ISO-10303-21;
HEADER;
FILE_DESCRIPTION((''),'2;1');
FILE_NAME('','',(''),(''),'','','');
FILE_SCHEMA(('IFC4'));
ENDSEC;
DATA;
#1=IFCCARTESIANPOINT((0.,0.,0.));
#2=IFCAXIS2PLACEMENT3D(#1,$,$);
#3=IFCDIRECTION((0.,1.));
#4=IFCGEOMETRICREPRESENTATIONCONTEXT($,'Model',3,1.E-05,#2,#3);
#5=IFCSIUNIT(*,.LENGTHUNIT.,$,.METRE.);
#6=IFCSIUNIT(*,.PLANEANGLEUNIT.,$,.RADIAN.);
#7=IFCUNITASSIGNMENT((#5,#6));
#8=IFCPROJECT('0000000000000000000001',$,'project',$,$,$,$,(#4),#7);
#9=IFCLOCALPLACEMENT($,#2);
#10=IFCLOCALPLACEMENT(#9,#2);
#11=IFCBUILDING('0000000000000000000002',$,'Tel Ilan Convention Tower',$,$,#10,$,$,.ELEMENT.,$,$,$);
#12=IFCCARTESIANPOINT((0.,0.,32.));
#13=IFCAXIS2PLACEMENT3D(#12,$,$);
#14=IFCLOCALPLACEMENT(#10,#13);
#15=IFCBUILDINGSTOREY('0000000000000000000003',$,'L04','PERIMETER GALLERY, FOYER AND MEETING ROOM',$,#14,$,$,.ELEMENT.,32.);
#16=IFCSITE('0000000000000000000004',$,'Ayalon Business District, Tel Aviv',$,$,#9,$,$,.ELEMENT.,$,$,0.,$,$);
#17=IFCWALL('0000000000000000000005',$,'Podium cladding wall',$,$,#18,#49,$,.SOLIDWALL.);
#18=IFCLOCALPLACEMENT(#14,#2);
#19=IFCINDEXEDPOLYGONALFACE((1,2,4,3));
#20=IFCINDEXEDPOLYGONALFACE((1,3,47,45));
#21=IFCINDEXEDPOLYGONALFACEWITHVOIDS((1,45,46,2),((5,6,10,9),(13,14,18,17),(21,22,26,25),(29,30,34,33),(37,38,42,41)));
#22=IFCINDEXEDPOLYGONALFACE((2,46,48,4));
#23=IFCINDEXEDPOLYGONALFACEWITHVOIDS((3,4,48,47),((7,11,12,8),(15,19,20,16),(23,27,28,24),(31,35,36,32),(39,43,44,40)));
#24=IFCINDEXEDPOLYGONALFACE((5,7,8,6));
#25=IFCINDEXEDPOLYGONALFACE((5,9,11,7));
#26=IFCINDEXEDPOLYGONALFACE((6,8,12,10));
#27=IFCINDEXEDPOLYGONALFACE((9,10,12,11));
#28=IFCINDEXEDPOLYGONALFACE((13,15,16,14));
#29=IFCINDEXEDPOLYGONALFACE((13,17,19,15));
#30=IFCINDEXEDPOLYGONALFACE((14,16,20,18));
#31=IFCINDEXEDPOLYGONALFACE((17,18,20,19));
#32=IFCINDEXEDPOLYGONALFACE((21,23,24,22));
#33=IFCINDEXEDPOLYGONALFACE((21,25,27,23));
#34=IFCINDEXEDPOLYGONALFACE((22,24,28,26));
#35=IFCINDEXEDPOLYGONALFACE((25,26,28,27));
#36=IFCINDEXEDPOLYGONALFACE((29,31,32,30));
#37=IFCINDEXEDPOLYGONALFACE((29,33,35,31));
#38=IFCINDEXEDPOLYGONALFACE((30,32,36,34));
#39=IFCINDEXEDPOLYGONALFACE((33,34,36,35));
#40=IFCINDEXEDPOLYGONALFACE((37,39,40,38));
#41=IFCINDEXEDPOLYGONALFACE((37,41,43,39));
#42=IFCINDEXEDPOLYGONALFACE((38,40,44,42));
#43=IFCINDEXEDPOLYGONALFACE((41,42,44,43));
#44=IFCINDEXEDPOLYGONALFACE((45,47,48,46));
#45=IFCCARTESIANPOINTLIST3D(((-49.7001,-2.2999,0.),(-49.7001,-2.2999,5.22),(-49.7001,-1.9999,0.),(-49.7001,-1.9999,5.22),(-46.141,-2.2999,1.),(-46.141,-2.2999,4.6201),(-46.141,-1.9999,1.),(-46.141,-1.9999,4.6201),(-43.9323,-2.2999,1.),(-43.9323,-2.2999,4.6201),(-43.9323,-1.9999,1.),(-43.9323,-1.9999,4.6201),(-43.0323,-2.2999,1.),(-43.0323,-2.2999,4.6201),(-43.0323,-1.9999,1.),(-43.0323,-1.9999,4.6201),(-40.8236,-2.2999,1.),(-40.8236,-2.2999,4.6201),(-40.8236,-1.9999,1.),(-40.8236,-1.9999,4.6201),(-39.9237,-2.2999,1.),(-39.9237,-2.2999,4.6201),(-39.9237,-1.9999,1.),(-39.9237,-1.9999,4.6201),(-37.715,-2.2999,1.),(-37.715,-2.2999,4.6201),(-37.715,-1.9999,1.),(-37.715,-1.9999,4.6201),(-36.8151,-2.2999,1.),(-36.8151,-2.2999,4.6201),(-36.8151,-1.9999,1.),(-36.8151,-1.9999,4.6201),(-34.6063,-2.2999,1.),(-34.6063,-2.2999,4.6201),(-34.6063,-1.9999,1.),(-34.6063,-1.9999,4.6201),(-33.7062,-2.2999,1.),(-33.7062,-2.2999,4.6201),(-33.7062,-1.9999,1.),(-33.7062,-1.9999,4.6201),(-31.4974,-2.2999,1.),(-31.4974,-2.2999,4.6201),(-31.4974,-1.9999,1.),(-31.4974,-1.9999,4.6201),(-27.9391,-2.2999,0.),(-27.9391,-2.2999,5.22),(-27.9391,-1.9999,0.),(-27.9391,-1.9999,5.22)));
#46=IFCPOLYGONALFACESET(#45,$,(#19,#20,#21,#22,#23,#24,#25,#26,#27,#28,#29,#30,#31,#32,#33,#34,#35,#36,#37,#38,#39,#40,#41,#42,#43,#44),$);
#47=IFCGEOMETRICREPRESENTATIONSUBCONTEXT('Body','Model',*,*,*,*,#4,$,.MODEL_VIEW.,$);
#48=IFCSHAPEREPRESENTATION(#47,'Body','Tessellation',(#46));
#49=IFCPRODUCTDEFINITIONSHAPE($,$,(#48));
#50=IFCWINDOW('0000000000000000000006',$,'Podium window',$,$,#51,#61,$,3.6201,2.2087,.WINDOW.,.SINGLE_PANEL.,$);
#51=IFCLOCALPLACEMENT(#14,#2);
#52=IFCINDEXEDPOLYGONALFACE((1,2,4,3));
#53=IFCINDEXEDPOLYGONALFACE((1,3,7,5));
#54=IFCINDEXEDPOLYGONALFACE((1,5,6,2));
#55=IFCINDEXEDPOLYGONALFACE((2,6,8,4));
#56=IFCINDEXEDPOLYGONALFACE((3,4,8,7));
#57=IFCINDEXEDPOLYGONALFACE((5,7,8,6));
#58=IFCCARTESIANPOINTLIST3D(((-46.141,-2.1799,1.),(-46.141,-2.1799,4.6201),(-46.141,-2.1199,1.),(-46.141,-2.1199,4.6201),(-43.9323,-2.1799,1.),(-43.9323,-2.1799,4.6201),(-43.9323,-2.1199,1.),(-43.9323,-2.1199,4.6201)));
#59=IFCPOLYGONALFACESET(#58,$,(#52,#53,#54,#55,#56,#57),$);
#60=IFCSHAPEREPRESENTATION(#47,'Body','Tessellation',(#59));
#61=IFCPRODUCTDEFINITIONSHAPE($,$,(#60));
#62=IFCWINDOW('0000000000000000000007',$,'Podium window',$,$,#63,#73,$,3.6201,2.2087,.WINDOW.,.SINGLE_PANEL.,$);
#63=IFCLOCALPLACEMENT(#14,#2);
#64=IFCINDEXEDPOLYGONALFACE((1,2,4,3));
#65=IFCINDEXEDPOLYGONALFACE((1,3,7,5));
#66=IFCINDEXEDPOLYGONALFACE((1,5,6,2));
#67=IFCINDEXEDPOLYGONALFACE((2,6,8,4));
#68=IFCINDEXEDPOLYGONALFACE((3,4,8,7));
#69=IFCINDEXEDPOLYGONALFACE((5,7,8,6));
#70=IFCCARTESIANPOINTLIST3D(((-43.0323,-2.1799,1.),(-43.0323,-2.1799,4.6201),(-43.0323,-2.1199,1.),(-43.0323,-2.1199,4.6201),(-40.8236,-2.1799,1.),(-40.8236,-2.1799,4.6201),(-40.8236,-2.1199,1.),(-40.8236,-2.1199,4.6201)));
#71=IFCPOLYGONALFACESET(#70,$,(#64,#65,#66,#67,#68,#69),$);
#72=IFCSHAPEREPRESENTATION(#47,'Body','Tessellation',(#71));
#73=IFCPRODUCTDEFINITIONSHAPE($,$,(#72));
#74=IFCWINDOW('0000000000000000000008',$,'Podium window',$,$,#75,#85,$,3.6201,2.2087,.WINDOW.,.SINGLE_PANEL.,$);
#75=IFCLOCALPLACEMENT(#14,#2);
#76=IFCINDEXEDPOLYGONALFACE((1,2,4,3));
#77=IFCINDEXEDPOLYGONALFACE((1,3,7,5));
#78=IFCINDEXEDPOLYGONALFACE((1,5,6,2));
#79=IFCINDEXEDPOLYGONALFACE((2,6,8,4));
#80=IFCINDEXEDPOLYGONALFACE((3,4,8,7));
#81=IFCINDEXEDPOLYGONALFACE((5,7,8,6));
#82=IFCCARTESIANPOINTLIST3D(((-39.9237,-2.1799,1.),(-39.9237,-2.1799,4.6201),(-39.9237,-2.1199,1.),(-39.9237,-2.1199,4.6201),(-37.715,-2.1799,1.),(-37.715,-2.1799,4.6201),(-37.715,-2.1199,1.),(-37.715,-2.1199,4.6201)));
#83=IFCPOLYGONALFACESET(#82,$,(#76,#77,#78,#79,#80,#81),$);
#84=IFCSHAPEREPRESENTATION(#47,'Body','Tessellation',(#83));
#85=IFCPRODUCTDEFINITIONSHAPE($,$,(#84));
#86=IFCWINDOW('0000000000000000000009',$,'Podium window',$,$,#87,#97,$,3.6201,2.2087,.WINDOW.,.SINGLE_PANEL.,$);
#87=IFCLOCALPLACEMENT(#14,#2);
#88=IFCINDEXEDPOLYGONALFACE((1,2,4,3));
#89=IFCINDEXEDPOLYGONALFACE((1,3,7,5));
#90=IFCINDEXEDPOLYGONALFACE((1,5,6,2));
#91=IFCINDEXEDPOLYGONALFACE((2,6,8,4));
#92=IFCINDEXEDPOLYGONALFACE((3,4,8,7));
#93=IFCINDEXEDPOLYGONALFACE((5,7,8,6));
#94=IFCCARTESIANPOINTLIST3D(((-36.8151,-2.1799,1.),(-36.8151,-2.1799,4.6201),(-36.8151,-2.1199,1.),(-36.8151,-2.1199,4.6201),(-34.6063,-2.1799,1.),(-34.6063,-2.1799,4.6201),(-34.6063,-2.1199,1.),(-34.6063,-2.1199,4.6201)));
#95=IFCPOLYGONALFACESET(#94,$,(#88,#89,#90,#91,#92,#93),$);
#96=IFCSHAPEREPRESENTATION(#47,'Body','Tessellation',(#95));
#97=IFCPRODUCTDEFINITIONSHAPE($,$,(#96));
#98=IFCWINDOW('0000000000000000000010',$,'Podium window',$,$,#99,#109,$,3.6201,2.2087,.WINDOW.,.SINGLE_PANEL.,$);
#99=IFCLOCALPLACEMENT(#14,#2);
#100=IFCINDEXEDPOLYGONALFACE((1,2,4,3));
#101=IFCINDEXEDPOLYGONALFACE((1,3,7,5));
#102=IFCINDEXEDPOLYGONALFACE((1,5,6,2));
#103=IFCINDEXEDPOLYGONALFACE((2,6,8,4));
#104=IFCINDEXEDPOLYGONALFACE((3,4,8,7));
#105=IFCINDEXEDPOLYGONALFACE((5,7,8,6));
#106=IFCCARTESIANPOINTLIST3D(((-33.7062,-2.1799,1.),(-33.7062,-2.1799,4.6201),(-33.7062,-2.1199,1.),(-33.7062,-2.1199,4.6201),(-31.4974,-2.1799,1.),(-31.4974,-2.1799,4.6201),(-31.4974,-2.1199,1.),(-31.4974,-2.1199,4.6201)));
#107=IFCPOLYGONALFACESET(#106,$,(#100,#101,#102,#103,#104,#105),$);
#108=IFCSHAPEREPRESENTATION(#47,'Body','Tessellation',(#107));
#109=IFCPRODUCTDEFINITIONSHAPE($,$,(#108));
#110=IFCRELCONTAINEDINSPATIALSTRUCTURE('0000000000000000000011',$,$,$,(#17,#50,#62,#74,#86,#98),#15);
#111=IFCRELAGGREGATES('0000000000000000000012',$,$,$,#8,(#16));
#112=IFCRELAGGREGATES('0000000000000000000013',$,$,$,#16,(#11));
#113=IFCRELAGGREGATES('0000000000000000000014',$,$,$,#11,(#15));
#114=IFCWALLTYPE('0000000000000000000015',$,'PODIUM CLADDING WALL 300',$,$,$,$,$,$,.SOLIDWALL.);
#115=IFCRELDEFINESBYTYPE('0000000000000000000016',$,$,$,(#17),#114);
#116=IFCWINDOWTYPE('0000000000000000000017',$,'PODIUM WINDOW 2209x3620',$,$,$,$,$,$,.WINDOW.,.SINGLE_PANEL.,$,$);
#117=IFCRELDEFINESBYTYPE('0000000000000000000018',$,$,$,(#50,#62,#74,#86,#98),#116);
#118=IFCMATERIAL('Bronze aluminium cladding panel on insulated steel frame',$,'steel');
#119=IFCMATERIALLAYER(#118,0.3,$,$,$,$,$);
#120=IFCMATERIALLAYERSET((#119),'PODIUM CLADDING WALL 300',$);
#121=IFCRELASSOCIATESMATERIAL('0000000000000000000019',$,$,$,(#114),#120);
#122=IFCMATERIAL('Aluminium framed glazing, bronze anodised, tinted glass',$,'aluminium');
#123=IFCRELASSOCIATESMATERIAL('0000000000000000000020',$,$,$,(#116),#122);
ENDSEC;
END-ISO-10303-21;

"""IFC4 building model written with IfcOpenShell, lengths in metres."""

from ifc_helpers import new_model, si_unit, direction, frame, frame_2d, origin, place, context, subcontext, project, spatial, rectangle, extrude, material, layer, layer_set, type_object, element, fill, save


model = new_model("IFC4")

# Units and contexts
model_context = context("Model", 3, precision=1e-05, world=origin(), true_north=direction((0.0, 1.0)))
body_context = subcontext(model_context, "Body", "Model", "MODEL_VIEW")
ifc_project = project(units=[si_unit("LENGTHUNIT", "METRE"), si_unit("PLANEANGLEUNIT", "RADIAN")], contexts=[model_context])

# Site, building, storey
site_placement = place(None, origin())
site = spatial("IfcSite", under=ifc_project, at=site_placement, Name="Ayalon Business District, Tel Aviv", CompositionType="ELEMENT", RefElevation=0.0)
building_placement = place(site_placement, origin())
building = spatial("IfcBuilding", under=site, at=building_placement, Name="Tel Ilan Convention Tower", CompositionType="ELEMENT")
storey_placement = place(building_placement, frame((0.0, 0.0, 32.0)))
storey = spatial("IfcBuildingStorey", under=building, at=storey_placement, Name="L04", Description="PERIMETER GALLERY, FOYER AND MEETING ROOM", CompositionType="ELEMENT", Elevation=32.0)

# Wall, openings, windows
ifc_material_1 = material(Name="Bronze aluminium cladding panel on insulated steel frame", Category="steel")
ifc_layer_1 = layer(ifc_material_1, 0.3)
ifc_layer_set_1 = layer_set([ifc_layer_1], Name="PODIUM CLADDING WALL 300")
wall_type_1 = type_object("IfcWallType", Name="PODIUM CLADDING WALL 300", PredefinedType="SOLIDWALL", material=ifc_layer_set_1)
wall_1_placement = place(storey_placement, frame((-49.7, -2.1499, 0.0), z_axis=(0.0, 0.0, 1.0), x_axis=(1.0, 0.0, 0.0)))
wall_1 = element("IfcWall", 1, at=wall_1_placement, inside=storey, type_object=wall_type_1, Name="Podium cladding wall", PredefinedType="SOLIDWALL", context=body_context, shape_type="SweptSolid", body=[
    extrude(rectangle(XDim=21.761, YDim=0.3, at=frame_2d((10.8804, 0.0))), origin(), (0.0, 0.0, 1.0), 5.22),
])
opening_1_placement = place(wall_1_placement, frame((3.5588, 0.0, 1.0)))
opening_1 = element("IfcOpeningElement", 2, at=opening_1_placement, cuts=wall_1, PredefinedType="OPENING", context=body_context, shape_type="SweptSolid", body=[
    extrude(rectangle(XDim=2.2087, YDim=3.6201, at=frame_2d((1.1045, 1.8101))), frame((0.0, 0.1599, 0.0), z_axis=(0.0, -1.0, 0.0), x_axis=(1.0, 0.0, 0.0)), (0.0, 0.0, 1.0), 0.3201),
])
opening_2_placement = place(wall_1_placement, frame((6.6675, 0.0, 1.0)))
opening_2 = element("IfcOpeningElement", 3, at=opening_2_placement, cuts=wall_1, PredefinedType="OPENING", context=body_context, shape_type="SweptSolid", body=[
    extrude(rectangle(XDim=2.2087, YDim=3.6201, at=frame_2d((1.1045, 1.8101))), frame((0.0, 0.1599, 0.0), z_axis=(0.0, -1.0, 0.0), x_axis=(1.0, 0.0, 0.0)), (0.0, 0.0, 1.0), 0.3201),
])
opening_3_placement = place(wall_1_placement, frame((9.7761, 0.0, 1.0)))
opening_3 = element("IfcOpeningElement", 4, at=opening_3_placement, cuts=wall_1, PredefinedType="OPENING", context=body_context, shape_type="SweptSolid", body=[
    extrude(rectangle(XDim=2.2087, YDim=3.6201, at=frame_2d((1.1045, 1.8101))), frame((0.0, 0.1599, 0.0), z_axis=(0.0, -1.0, 0.0), x_axis=(1.0, 0.0, 0.0)), (0.0, 0.0, 1.0), 0.3201),
])
opening_4_placement = place(wall_1_placement, frame((12.8848, 0.0, 1.0)))
opening_4 = element("IfcOpeningElement", 5, at=opening_4_placement, cuts=wall_1, PredefinedType="OPENING", context=body_context, shape_type="SweptSolid", body=[
    extrude(rectangle(XDim=2.2087, YDim=3.6201, at=frame_2d((1.1045, 1.8101))), frame((0.0, 0.1599, 0.0), z_axis=(0.0, -1.0, 0.0), x_axis=(1.0, 0.0, 0.0)), (0.0, 0.0, 1.0), 0.3201),
])
opening_5_placement = place(wall_1_placement, frame((15.9937, 0.0, 1.0)))
opening_5 = element("IfcOpeningElement", 6, at=opening_5_placement, cuts=wall_1, PredefinedType="OPENING", context=body_context, shape_type="SweptSolid", body=[
    extrude(rectangle(XDim=2.2087, YDim=3.6201, at=frame_2d((1.1045, 1.8101))), frame((0.0, 0.1599, 0.0), z_axis=(0.0, -1.0, 0.0), x_axis=(1.0, 0.0, 0.0)), (0.0, 0.0, 1.0), 0.3201),
])
ifc_material_2 = material(Name="Aluminium framed glazing, bronze anodised, tinted glass", Category="aluminium")
window_type_1 = type_object("IfcWindowType", Name="PODIUM WINDOW 2209x3620", PartitioningType="SINGLE_PANEL", PredefinedType="WINDOW", material=ifc_material_2)
window_1_placement = place(opening_1_placement, origin())
window_1 = element("IfcWindow", 7, at=window_1_placement, inside=storey, type_object=window_type_1, Name="Podium window", OverallHeight=3.6201, OverallWidth=2.2087, PartitioningType="SINGLE_PANEL", PredefinedType="WINDOW", context=body_context, shape_type="SweptSolid", body=[
    extrude(rectangle(XDim=2.2087, YDim=3.6201, at=frame_2d((1.1045, 1.8101))), frame((0.0, 0.03, 0.0), z_axis=(0.0, -1.0, 0.0), x_axis=(1.0, 0.0, 0.0)), (0.0, 0.0, 1.0), 0.0601),
])
fill(opening_1, window_1)
window_2_placement = place(opening_2_placement, origin())
window_2 = element("IfcWindow", 8, at=window_2_placement, inside=storey, type_object=window_type_1, Name="Podium window", OverallHeight=3.6201, OverallWidth=2.2087, PartitioningType="SINGLE_PANEL", PredefinedType="WINDOW", context=body_context, shape_type="SweptSolid", body=[
    extrude(rectangle(XDim=2.2087, YDim=3.6201, at=frame_2d((1.1045, 1.8101))), frame((0.0, 0.03, 0.0), z_axis=(0.0, -1.0, 0.0), x_axis=(1.0, 0.0, 0.0)), (0.0, 0.0, 1.0), 0.0601),
])
fill(opening_2, window_2)
window_3_placement = place(opening_3_placement, origin())
window_3 = element("IfcWindow", 9, at=window_3_placement, inside=storey, type_object=window_type_1, Name="Podium window", OverallHeight=3.6201, OverallWidth=2.2087, PartitioningType="SINGLE_PANEL", PredefinedType="WINDOW", context=body_context, shape_type="SweptSolid", body=[
    extrude(rectangle(XDim=2.2087, YDim=3.6201, at=frame_2d((1.1045, 1.8101))), frame((0.0, 0.03, 0.0), z_axis=(0.0, -1.0, 0.0), x_axis=(1.0, 0.0, 0.0)), (0.0, 0.0, 1.0), 0.0601),
])
fill(opening_3, window_3)
window_4_placement = place(opening_4_placement, origin())
window_4 = element("IfcWindow", 10, at=window_4_placement, inside=storey, type_object=window_type_1, Name="Podium window", OverallHeight=3.6201, OverallWidth=2.2087, PartitioningType="SINGLE_PANEL", PredefinedType="WINDOW", context=body_context, shape_type="SweptSolid", body=[
    extrude(rectangle(XDim=2.2087, YDim=3.6201, at=frame_2d((1.1045, 1.8101))), frame((0.0, 0.03, 0.0), z_axis=(0.0, -1.0, 0.0), x_axis=(1.0, 0.0, 0.0)), (0.0, 0.0, 1.0), 0.0601),
])
fill(opening_4, window_4)
window_5_placement = place(opening_5_placement, origin())
window_5 = element("IfcWindow", 11, at=window_5_placement, inside=storey, type_object=window_type_1, Name="Podium window", OverallHeight=3.6201, OverallWidth=2.2087, PartitioningType="SINGLE_PANEL", PredefinedType="WINDOW", context=body_context, shape_type="SweptSolid", body=[
    extrude(rectangle(XDim=2.2087, YDim=3.6201, at=frame_2d((1.1045, 1.8101))), frame((0.0, 0.03, 0.0), z_axis=(0.0, -1.0, 0.0), x_axis=(1.0, 0.0, 0.0)), (0.0, 0.0, 1.0), 0.0601),
])
fill(opening_5, window_5)

save(model, "model.ifc")
